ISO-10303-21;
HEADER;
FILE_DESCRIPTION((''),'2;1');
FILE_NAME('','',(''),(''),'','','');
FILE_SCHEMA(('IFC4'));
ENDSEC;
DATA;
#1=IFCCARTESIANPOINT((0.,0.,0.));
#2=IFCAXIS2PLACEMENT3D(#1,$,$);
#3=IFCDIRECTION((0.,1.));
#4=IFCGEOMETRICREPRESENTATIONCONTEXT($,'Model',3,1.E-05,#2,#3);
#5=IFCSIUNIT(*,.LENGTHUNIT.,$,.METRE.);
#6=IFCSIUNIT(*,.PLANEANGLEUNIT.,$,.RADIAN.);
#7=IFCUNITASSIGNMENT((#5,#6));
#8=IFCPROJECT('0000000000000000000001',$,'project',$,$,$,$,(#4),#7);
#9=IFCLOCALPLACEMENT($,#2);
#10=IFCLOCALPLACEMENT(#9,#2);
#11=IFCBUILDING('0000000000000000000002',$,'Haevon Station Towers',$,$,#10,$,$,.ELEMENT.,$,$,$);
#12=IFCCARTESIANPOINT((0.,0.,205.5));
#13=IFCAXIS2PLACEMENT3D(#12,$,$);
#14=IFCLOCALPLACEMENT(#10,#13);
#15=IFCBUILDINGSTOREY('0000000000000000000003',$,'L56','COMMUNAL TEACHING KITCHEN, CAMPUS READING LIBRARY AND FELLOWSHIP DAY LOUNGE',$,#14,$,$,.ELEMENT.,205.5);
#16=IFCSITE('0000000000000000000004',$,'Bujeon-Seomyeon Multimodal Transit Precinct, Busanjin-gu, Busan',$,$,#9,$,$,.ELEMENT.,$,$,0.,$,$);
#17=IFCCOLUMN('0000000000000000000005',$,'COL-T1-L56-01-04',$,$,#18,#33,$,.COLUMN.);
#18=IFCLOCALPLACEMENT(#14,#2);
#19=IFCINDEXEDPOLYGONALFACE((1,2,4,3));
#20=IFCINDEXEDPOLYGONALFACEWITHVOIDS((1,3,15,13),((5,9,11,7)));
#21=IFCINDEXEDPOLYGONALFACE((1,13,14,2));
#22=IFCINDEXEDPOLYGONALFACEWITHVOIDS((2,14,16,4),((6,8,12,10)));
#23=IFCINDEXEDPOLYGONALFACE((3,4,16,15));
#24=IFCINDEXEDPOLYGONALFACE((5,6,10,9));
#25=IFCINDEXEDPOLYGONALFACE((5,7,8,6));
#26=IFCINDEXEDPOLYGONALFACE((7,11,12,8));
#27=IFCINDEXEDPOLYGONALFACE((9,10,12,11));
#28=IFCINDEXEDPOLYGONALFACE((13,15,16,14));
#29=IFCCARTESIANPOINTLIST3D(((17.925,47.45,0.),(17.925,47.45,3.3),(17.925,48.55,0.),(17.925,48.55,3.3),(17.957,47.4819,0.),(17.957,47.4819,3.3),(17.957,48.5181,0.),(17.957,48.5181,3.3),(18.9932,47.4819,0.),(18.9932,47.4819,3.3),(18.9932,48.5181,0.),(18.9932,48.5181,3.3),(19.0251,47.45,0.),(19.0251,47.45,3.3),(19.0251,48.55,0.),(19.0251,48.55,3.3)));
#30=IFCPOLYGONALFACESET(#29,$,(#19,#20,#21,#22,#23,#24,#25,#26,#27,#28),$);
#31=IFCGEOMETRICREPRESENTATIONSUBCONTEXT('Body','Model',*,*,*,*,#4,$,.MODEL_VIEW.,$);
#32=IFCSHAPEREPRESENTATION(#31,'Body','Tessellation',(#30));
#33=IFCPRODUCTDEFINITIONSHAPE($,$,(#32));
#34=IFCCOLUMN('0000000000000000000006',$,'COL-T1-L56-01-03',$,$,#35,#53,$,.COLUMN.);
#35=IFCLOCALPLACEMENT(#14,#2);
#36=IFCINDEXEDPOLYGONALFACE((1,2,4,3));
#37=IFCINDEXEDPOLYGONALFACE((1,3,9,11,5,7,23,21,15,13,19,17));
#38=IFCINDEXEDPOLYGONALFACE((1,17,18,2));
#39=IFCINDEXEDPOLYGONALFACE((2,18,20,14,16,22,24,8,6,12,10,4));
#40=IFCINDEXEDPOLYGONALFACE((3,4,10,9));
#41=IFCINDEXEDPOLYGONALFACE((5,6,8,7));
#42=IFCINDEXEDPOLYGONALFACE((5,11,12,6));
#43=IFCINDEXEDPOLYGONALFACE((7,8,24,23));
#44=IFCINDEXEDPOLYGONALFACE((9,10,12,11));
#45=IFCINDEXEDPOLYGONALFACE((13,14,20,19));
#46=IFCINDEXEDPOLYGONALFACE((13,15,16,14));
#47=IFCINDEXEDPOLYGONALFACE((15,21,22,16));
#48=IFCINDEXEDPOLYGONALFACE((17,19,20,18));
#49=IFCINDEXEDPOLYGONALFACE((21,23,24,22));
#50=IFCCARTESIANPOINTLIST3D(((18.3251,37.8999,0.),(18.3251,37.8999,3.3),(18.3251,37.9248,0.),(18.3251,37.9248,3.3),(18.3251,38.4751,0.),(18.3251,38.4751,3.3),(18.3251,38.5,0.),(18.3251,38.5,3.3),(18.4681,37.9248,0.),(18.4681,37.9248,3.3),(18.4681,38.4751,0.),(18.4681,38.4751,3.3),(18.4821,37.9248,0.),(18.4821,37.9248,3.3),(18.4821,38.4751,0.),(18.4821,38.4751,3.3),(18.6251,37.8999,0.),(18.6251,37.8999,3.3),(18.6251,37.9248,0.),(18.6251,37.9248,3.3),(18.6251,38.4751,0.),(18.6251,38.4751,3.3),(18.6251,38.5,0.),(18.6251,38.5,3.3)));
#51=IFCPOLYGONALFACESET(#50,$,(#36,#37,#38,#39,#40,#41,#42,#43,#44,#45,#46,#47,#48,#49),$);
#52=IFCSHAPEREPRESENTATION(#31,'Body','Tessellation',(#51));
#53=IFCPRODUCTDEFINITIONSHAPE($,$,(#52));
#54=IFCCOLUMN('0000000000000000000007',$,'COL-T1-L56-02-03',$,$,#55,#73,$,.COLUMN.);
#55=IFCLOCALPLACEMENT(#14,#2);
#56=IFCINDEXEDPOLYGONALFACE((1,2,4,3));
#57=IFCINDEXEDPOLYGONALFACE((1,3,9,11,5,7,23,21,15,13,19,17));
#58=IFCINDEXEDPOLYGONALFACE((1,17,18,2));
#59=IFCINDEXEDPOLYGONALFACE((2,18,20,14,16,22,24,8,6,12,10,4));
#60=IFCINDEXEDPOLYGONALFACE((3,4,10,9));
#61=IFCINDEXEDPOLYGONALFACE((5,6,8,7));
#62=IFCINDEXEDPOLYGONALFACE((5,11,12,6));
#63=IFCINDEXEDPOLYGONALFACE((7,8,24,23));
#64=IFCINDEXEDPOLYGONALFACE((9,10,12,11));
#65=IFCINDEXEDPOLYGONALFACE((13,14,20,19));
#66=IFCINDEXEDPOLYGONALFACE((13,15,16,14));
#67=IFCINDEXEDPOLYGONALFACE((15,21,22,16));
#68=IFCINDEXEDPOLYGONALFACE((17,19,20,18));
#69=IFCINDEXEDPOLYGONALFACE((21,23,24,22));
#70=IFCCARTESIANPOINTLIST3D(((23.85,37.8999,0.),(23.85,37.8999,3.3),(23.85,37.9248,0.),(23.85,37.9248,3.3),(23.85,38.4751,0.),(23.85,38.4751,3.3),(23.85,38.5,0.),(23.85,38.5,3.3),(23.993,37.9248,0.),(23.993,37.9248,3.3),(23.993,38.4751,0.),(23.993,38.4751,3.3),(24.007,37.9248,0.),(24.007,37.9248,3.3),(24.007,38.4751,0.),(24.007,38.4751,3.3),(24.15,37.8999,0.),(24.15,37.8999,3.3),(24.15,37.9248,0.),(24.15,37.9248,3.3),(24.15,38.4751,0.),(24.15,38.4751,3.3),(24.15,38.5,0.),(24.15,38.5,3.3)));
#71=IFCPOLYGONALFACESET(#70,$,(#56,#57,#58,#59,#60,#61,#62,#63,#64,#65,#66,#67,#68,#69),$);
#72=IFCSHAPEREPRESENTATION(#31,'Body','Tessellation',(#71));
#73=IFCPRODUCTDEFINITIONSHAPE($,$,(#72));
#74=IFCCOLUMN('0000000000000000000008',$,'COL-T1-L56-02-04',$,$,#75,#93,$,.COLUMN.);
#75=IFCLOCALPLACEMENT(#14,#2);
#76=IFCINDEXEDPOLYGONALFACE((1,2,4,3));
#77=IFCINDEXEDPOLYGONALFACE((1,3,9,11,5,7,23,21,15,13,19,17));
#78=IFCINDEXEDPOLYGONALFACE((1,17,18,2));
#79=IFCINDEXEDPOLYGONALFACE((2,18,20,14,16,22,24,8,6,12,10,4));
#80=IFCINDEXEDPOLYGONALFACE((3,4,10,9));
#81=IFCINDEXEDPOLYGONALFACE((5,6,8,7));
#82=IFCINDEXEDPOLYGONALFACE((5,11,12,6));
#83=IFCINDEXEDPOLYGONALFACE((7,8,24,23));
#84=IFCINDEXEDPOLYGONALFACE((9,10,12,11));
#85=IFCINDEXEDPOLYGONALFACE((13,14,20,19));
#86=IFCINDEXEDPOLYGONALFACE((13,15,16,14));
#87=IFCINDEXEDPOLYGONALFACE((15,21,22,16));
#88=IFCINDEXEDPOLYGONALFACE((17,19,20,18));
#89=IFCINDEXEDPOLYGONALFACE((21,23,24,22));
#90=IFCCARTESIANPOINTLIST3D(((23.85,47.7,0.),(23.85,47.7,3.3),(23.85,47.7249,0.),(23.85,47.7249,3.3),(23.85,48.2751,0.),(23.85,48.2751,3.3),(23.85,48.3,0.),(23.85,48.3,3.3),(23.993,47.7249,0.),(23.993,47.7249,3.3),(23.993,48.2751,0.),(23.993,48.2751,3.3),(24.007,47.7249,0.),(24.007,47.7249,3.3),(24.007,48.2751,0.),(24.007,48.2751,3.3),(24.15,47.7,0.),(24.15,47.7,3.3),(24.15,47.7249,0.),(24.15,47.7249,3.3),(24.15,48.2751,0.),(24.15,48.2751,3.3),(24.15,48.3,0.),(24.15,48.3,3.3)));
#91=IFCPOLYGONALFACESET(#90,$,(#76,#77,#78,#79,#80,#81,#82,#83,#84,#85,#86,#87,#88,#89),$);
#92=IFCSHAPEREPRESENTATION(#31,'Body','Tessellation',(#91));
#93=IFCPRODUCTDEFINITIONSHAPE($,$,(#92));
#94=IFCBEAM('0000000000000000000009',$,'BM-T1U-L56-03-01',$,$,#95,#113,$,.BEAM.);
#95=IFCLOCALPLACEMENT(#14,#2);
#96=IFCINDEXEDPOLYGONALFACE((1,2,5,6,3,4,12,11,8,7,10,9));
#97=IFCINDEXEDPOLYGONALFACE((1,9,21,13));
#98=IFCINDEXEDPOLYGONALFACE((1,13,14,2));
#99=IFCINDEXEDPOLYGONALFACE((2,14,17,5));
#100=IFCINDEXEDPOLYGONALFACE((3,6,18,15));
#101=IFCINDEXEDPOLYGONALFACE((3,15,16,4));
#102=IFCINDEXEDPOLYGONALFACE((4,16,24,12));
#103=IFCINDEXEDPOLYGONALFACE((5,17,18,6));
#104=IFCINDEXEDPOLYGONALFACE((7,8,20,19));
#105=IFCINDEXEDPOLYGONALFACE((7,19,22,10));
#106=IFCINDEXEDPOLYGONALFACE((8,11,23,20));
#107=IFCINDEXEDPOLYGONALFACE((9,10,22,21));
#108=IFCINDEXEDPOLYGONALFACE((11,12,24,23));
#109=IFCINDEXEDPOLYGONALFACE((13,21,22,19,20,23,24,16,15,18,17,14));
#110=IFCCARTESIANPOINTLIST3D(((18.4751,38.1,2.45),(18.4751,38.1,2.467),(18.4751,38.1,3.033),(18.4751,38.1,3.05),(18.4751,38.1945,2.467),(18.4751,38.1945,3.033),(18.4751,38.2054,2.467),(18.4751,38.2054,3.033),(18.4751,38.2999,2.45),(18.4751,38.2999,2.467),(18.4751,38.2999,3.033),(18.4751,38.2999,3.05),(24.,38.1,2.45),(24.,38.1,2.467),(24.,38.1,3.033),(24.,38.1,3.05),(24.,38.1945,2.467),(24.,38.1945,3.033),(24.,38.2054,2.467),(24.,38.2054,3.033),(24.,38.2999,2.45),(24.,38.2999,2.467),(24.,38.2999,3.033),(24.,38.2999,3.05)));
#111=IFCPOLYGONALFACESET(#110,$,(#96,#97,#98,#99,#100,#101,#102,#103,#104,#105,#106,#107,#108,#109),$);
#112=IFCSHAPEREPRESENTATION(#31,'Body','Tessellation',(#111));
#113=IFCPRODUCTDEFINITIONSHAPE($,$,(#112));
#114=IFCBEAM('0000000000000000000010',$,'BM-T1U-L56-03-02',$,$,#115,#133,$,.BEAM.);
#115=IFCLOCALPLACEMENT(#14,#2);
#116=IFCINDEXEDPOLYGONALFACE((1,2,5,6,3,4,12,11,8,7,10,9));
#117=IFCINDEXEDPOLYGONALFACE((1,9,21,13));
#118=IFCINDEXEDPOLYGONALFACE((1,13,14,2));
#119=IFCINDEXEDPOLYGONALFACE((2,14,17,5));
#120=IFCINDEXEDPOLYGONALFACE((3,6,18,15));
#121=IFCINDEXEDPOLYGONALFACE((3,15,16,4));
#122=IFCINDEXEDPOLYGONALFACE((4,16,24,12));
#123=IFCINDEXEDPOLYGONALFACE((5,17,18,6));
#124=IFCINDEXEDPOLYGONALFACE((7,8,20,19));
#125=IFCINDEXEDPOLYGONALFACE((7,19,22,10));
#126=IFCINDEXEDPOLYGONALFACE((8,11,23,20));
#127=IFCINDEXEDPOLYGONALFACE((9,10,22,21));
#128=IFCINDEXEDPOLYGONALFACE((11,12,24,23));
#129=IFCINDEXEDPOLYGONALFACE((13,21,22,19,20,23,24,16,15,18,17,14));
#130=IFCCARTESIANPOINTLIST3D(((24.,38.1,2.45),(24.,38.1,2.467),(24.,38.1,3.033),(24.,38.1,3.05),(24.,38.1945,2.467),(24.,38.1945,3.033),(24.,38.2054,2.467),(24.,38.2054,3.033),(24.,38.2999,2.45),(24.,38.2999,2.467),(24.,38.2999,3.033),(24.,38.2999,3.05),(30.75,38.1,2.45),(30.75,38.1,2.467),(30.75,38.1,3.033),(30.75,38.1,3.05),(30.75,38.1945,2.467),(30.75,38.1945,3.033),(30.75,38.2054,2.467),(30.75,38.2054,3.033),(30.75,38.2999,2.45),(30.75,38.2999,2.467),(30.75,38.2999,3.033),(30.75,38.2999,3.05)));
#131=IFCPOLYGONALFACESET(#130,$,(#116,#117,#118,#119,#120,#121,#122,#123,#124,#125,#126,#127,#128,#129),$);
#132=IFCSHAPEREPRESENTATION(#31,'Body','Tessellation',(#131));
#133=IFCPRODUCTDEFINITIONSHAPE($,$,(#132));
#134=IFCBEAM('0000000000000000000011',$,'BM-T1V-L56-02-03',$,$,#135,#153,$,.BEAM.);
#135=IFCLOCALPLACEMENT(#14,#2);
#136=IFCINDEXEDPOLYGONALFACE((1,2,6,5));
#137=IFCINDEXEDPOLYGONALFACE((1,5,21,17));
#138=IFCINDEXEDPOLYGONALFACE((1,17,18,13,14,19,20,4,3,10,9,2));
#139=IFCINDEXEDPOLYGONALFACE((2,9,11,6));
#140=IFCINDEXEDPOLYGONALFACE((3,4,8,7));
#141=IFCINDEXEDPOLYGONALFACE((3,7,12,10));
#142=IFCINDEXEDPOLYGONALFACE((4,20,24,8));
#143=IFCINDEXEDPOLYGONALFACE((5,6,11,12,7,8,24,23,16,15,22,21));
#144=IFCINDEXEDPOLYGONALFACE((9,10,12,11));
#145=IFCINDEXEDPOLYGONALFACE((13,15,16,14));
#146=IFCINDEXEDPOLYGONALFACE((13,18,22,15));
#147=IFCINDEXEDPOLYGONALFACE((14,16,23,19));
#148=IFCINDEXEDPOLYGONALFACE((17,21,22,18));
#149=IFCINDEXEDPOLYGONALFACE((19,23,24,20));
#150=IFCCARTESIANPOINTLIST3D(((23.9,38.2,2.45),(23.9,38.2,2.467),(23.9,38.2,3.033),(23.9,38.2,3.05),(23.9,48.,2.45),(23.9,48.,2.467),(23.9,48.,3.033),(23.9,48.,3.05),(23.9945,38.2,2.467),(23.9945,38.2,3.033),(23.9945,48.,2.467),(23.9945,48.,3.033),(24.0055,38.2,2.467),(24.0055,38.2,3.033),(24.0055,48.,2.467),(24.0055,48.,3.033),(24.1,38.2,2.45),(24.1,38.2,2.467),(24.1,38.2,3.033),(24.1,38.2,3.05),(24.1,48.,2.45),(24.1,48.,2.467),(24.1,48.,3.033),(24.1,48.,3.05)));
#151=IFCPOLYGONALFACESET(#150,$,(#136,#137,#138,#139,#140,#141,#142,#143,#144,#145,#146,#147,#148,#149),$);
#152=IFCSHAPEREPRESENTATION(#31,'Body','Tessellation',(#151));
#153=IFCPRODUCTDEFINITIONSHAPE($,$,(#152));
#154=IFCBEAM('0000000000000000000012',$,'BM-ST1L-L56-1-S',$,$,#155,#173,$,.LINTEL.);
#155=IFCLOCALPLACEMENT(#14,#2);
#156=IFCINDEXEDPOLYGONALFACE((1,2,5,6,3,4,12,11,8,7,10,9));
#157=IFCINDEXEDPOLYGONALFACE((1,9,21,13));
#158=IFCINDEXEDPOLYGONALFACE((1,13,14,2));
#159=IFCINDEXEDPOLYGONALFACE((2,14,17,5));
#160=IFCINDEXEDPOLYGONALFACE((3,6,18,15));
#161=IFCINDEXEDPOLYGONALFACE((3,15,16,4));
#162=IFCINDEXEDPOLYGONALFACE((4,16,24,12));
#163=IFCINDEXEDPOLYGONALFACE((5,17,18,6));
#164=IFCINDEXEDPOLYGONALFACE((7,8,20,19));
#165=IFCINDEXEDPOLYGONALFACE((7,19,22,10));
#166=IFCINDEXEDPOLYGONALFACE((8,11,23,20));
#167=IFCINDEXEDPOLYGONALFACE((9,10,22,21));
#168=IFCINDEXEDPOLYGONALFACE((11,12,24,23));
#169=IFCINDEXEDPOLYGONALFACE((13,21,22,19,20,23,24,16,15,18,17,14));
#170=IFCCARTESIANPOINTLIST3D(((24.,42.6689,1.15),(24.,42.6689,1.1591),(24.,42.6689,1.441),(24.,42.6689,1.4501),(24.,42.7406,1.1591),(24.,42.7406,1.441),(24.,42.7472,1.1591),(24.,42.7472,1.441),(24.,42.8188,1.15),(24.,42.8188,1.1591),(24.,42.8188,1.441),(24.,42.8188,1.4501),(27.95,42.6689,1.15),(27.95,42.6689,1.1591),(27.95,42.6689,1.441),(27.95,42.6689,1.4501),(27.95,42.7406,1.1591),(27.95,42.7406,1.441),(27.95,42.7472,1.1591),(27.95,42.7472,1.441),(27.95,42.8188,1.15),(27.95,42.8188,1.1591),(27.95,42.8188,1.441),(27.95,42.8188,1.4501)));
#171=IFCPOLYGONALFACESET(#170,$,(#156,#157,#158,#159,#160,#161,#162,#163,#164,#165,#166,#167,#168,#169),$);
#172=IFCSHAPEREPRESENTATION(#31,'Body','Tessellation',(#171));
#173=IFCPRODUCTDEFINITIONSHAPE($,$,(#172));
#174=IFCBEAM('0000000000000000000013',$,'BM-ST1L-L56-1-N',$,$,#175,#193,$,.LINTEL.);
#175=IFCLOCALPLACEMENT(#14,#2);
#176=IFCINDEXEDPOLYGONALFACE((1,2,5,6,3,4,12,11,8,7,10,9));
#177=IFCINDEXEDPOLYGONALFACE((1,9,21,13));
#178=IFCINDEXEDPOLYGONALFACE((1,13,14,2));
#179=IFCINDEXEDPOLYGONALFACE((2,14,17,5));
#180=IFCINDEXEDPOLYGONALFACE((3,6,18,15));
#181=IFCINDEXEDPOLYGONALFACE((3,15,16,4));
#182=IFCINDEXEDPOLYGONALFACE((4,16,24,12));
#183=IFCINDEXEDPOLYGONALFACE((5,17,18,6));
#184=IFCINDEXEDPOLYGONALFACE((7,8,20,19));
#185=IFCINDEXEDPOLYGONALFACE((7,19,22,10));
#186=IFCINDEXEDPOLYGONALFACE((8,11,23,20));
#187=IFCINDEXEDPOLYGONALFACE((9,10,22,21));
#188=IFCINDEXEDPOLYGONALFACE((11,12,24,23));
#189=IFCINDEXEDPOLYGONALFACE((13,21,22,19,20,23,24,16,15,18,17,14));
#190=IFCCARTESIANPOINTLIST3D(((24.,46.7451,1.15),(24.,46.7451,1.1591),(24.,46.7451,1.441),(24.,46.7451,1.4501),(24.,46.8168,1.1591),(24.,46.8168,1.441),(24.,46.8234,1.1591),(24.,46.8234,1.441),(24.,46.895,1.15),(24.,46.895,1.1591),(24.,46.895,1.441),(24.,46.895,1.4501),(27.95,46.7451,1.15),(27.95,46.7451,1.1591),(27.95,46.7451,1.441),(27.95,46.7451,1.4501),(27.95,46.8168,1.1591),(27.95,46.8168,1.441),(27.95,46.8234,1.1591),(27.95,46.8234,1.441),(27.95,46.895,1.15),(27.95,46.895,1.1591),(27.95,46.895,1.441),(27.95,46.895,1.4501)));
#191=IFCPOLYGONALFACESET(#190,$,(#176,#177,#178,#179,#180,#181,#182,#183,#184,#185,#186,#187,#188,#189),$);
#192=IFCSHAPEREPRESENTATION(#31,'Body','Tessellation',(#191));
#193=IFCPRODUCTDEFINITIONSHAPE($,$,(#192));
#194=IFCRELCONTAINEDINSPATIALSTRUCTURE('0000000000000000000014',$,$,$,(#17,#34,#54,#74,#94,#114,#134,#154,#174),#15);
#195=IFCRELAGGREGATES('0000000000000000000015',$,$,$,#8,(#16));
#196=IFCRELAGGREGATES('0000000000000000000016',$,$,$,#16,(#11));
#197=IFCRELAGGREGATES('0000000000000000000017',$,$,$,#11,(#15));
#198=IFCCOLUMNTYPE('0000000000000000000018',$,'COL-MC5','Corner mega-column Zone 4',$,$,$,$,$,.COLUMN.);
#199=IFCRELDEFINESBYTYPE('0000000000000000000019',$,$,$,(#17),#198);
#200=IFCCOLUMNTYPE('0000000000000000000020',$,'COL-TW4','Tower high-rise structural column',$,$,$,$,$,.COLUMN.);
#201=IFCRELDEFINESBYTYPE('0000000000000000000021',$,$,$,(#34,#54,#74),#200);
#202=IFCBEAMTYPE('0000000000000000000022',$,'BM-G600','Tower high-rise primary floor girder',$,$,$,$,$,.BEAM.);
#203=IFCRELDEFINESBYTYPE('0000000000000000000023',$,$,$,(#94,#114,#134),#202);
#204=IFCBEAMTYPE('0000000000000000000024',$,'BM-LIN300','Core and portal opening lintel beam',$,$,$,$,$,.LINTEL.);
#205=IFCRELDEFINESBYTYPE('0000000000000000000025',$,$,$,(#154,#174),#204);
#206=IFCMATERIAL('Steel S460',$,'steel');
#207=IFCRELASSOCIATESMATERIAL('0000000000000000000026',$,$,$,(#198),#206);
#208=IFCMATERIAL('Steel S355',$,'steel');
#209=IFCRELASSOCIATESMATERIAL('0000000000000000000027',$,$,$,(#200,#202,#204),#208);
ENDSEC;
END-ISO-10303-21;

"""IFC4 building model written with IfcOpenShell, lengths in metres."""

from ifc_helpers import new_model, si_unit, direction, frame, origin, origin_2d, place, context, subcontext, project, spatial, hollow_rectangle, i_section, extrude, material, material_profile, profile_set, type_object, element, save


model = new_model("IFC4")

# Units and contexts
model_context = context("Model", 3, precision=1e-05, world=origin(), true_north=direction((0.0, 1.0)))
body_context = subcontext(model_context, "Body", "Model", "MODEL_VIEW")
ifc_project = project(units=[si_unit("LENGTHUNIT", "METRE"), si_unit("PLANEANGLEUNIT", "RADIAN")], contexts=[model_context])

# Site, building, storey
site_placement = place(None, origin())
site = spatial("IfcSite", under=ifc_project, at=site_placement, Name="Bujeon-Seomyeon Multimodal Transit Precinct, Busanjin-gu, Busan", CompositionType="ELEMENT", RefElevation=0.0)
building_placement = place(site_placement, origin())
building = spatial("IfcBuilding", under=site, at=building_placement, Name="Haevon Station Towers", CompositionType="ELEMENT")
storey_placement = place(building_placement, frame((0.0, 0.0, 205.5)))
storey = spatial("IfcBuildingStorey", under=building, at=storey_placement, Name="L56", Description="COMMUNAL TEACHING KITCHEN, CAMPUS READING LIBRARY AND FELLOWSHIP DAY LOUNGE", CompositionType="ELEMENT", Elevation=205.5)

# Columns
ifc_material_1 = material(Name="Steel S460", Category="steel")
ifc_material_profile_1 = material_profile(ifc_material_1, hollow_rectangle(XDim=1.1001, YDim=1.1001, WallThickness=0.032, at=origin_2d()), Name="BOX-1100x1100x32")
ifc_profile_set_1 = profile_set([ifc_material_profile_1], Name="Steel S460")
column_type_1 = type_object("IfcColumnType", Name="COL-MC5", Description="Corner mega-column Zone 4", PredefinedType="COLUMN", material=ifc_profile_set_1)
column_placement = place(storey_placement, frame((18.4751, 48.0, 0.0), z_axis=(0.0, 0.0, 1.0), x_axis=(1.0, 0.0, 0.0)))
element("IfcColumn", 1, at=column_placement, inside=storey, type_object=column_type_1, Name="COL-T1-L56-01-04", PredefinedType="COLUMN", context=body_context, shape_type="SweptSolid", body=[
    extrude(hollow_rectangle(XDim=1.1001, YDim=1.1001, WallThickness=0.032, at=origin_2d()), origin(), (0.0, 0.0, 1.0), 3.3),
])
ifc_material_2 = material(Name="Steel S355", Category="steel")
ifc_material_profile_2 = material_profile(ifc_material_2, i_section(OverallWidth=0.3, OverallDepth=0.6001, WebThickness=0.0139, FlangeThickness=0.0249, at=origin_2d()), Name="H-600x300x14x25")
ifc_profile_set_2 = profile_set([ifc_material_profile_2], Name="Steel S355")
column_type_2 = type_object("IfcColumnType", Name="COL-TW4", Description="Tower high-rise structural column", PredefinedType="COLUMN", material=ifc_profile_set_2)
for number, where, z_axis, x_axis, name in (
    (2, (18.4751, 38.2, 0.0), (0.0, 0.0, 1.0), (1.0, 0.0, 0.0), "COL-T1-L56-01-03"),
    (3, (24.0, 38.2, 0.0), (0.0, 0.0, 1.0), (1.0, 0.0, 0.0), "COL-T1-L56-02-03"),
    (4, (24.0, 48.0, 0.0), (0.0, 0.0, 1.0), (1.0, 0.0, 0.0), "COL-T1-L56-02-04"),
):
    element("IfcColumn", number, at=place(storey_placement, frame(where, z_axis=z_axis, x_axis=x_axis)), inside=storey, type_object=column_type_2, Name=name, PredefinedType="COLUMN", context=body_context, shape_type="SweptSolid", body=[
        extrude(i_section(OverallWidth=0.3, OverallDepth=0.6001, WebThickness=0.0139, FlangeThickness=0.0249, at=origin_2d()), origin(), (0.0, 0.0, 1.0), 3.3),
    ])

# Beams
ifc_material_profile_3 = material_profile(ifc_material_2, i_section(OverallWidth=0.2, OverallDepth=0.6001, WebThickness=0.011, FlangeThickness=0.0171, at=origin_2d()), Name="H-600x200x11x17")
ifc_profile_set_3 = profile_set([ifc_material_profile_3], Name="Steel S355")
beam_type_1 = type_object("IfcBeamType", Name="BM-G600", Description="Tower high-rise primary floor girder", PredefinedType="BEAM", material=ifc_profile_set_3)
beam_1_placement = place(storey_placement, frame((18.4751, 38.2, 2.75), z_axis=(1.0, 0.0, 0.0), x_axis=(0.0, 1.0, 0.0)))
element("IfcBeam", 5, at=beam_1_placement, inside=storey, type_object=beam_type_1, Name="BM-T1U-L56-03-01", PredefinedType="BEAM", context=body_context, shape_type="SweptSolid", body=[
    extrude(i_section(OverallWidth=0.2, OverallDepth=0.6001, WebThickness=0.011, FlangeThickness=0.0171, at=origin_2d()), origin(), (0.0, 0.0, 1.0), 5.5249),
])
beam_2_placement = place(storey_placement, frame((24.0, 38.2, 2.75), z_axis=(1.0, 0.0, 0.0), x_axis=(0.0, 1.0, 0.0)))
element("IfcBeam", 6, at=beam_2_placement, inside=storey, type_object=beam_type_1, Name="BM-T1U-L56-03-02", PredefinedType="BEAM", context=body_context, shape_type="SweptSolid", body=[
    extrude(i_section(OverallWidth=0.2, OverallDepth=0.6001, WebThickness=0.011, FlangeThickness=0.0171, at=origin_2d()), origin(), (0.0, 0.0, 1.0), 6.75),
])
beam_3_placement = place(storey_placement, frame((24.0, 38.2, 2.75), z_axis=(0.0, 1.0, 0.0), x_axis=(-1.0, 0.0, 0.0)))
element("IfcBeam", 7, at=beam_3_placement, inside=storey, type_object=beam_type_1, Name="BM-T1V-L56-02-03", PredefinedType="BEAM", context=body_context, shape_type="SweptSolid", body=[
    extrude(i_section(OverallWidth=0.2, OverallDepth=0.6001, WebThickness=0.011, FlangeThickness=0.0171, at=origin_2d()), origin(), (0.0, 0.0, 1.0), 9.8),
])
ifc_material_profile_4 = material_profile(ifc_material_2, i_section(OverallWidth=0.1499, OverallDepth=0.3, WebThickness=0.0066, FlangeThickness=0.009, at=origin_2d()), Name="H-300x150x6.5x9")
ifc_profile_set_4 = profile_set([ifc_material_profile_4], Name="Steel S355")
beam_type_2 = type_object("IfcBeamType", Name="BM-LIN300", Description="Core and portal opening lintel beam", PredefinedType="LINTEL", material=ifc_profile_set_4)
for number, where, z_axis, x_axis, name in (
    (8, (24.0, 42.7439, 1.3), (1.0, 0.0, 0.0), (0.0, 1.0, 0.0), "BM-ST1L-L56-1-S"),
    (9, (24.0, 46.8201, 1.3), (1.0, 0.0, 0.0), (0.0, 1.0, 0.0), "BM-ST1L-L56-1-N"),
):
    element("IfcBeam", number, at=place(storey_placement, frame(where, z_axis=z_axis, x_axis=x_axis)), inside=storey, type_object=beam_type_2, Name=name, PredefinedType="LINTEL", context=body_context, shape_type="SweptSolid", body=[
        extrude(i_section(OverallWidth=0.1499, OverallDepth=0.3, WebThickness=0.0066, FlangeThickness=0.009, at=origin_2d()), origin(), (0.0, 0.0, 1.0), 3.95),
    ])

save(model, "model.ifc")
